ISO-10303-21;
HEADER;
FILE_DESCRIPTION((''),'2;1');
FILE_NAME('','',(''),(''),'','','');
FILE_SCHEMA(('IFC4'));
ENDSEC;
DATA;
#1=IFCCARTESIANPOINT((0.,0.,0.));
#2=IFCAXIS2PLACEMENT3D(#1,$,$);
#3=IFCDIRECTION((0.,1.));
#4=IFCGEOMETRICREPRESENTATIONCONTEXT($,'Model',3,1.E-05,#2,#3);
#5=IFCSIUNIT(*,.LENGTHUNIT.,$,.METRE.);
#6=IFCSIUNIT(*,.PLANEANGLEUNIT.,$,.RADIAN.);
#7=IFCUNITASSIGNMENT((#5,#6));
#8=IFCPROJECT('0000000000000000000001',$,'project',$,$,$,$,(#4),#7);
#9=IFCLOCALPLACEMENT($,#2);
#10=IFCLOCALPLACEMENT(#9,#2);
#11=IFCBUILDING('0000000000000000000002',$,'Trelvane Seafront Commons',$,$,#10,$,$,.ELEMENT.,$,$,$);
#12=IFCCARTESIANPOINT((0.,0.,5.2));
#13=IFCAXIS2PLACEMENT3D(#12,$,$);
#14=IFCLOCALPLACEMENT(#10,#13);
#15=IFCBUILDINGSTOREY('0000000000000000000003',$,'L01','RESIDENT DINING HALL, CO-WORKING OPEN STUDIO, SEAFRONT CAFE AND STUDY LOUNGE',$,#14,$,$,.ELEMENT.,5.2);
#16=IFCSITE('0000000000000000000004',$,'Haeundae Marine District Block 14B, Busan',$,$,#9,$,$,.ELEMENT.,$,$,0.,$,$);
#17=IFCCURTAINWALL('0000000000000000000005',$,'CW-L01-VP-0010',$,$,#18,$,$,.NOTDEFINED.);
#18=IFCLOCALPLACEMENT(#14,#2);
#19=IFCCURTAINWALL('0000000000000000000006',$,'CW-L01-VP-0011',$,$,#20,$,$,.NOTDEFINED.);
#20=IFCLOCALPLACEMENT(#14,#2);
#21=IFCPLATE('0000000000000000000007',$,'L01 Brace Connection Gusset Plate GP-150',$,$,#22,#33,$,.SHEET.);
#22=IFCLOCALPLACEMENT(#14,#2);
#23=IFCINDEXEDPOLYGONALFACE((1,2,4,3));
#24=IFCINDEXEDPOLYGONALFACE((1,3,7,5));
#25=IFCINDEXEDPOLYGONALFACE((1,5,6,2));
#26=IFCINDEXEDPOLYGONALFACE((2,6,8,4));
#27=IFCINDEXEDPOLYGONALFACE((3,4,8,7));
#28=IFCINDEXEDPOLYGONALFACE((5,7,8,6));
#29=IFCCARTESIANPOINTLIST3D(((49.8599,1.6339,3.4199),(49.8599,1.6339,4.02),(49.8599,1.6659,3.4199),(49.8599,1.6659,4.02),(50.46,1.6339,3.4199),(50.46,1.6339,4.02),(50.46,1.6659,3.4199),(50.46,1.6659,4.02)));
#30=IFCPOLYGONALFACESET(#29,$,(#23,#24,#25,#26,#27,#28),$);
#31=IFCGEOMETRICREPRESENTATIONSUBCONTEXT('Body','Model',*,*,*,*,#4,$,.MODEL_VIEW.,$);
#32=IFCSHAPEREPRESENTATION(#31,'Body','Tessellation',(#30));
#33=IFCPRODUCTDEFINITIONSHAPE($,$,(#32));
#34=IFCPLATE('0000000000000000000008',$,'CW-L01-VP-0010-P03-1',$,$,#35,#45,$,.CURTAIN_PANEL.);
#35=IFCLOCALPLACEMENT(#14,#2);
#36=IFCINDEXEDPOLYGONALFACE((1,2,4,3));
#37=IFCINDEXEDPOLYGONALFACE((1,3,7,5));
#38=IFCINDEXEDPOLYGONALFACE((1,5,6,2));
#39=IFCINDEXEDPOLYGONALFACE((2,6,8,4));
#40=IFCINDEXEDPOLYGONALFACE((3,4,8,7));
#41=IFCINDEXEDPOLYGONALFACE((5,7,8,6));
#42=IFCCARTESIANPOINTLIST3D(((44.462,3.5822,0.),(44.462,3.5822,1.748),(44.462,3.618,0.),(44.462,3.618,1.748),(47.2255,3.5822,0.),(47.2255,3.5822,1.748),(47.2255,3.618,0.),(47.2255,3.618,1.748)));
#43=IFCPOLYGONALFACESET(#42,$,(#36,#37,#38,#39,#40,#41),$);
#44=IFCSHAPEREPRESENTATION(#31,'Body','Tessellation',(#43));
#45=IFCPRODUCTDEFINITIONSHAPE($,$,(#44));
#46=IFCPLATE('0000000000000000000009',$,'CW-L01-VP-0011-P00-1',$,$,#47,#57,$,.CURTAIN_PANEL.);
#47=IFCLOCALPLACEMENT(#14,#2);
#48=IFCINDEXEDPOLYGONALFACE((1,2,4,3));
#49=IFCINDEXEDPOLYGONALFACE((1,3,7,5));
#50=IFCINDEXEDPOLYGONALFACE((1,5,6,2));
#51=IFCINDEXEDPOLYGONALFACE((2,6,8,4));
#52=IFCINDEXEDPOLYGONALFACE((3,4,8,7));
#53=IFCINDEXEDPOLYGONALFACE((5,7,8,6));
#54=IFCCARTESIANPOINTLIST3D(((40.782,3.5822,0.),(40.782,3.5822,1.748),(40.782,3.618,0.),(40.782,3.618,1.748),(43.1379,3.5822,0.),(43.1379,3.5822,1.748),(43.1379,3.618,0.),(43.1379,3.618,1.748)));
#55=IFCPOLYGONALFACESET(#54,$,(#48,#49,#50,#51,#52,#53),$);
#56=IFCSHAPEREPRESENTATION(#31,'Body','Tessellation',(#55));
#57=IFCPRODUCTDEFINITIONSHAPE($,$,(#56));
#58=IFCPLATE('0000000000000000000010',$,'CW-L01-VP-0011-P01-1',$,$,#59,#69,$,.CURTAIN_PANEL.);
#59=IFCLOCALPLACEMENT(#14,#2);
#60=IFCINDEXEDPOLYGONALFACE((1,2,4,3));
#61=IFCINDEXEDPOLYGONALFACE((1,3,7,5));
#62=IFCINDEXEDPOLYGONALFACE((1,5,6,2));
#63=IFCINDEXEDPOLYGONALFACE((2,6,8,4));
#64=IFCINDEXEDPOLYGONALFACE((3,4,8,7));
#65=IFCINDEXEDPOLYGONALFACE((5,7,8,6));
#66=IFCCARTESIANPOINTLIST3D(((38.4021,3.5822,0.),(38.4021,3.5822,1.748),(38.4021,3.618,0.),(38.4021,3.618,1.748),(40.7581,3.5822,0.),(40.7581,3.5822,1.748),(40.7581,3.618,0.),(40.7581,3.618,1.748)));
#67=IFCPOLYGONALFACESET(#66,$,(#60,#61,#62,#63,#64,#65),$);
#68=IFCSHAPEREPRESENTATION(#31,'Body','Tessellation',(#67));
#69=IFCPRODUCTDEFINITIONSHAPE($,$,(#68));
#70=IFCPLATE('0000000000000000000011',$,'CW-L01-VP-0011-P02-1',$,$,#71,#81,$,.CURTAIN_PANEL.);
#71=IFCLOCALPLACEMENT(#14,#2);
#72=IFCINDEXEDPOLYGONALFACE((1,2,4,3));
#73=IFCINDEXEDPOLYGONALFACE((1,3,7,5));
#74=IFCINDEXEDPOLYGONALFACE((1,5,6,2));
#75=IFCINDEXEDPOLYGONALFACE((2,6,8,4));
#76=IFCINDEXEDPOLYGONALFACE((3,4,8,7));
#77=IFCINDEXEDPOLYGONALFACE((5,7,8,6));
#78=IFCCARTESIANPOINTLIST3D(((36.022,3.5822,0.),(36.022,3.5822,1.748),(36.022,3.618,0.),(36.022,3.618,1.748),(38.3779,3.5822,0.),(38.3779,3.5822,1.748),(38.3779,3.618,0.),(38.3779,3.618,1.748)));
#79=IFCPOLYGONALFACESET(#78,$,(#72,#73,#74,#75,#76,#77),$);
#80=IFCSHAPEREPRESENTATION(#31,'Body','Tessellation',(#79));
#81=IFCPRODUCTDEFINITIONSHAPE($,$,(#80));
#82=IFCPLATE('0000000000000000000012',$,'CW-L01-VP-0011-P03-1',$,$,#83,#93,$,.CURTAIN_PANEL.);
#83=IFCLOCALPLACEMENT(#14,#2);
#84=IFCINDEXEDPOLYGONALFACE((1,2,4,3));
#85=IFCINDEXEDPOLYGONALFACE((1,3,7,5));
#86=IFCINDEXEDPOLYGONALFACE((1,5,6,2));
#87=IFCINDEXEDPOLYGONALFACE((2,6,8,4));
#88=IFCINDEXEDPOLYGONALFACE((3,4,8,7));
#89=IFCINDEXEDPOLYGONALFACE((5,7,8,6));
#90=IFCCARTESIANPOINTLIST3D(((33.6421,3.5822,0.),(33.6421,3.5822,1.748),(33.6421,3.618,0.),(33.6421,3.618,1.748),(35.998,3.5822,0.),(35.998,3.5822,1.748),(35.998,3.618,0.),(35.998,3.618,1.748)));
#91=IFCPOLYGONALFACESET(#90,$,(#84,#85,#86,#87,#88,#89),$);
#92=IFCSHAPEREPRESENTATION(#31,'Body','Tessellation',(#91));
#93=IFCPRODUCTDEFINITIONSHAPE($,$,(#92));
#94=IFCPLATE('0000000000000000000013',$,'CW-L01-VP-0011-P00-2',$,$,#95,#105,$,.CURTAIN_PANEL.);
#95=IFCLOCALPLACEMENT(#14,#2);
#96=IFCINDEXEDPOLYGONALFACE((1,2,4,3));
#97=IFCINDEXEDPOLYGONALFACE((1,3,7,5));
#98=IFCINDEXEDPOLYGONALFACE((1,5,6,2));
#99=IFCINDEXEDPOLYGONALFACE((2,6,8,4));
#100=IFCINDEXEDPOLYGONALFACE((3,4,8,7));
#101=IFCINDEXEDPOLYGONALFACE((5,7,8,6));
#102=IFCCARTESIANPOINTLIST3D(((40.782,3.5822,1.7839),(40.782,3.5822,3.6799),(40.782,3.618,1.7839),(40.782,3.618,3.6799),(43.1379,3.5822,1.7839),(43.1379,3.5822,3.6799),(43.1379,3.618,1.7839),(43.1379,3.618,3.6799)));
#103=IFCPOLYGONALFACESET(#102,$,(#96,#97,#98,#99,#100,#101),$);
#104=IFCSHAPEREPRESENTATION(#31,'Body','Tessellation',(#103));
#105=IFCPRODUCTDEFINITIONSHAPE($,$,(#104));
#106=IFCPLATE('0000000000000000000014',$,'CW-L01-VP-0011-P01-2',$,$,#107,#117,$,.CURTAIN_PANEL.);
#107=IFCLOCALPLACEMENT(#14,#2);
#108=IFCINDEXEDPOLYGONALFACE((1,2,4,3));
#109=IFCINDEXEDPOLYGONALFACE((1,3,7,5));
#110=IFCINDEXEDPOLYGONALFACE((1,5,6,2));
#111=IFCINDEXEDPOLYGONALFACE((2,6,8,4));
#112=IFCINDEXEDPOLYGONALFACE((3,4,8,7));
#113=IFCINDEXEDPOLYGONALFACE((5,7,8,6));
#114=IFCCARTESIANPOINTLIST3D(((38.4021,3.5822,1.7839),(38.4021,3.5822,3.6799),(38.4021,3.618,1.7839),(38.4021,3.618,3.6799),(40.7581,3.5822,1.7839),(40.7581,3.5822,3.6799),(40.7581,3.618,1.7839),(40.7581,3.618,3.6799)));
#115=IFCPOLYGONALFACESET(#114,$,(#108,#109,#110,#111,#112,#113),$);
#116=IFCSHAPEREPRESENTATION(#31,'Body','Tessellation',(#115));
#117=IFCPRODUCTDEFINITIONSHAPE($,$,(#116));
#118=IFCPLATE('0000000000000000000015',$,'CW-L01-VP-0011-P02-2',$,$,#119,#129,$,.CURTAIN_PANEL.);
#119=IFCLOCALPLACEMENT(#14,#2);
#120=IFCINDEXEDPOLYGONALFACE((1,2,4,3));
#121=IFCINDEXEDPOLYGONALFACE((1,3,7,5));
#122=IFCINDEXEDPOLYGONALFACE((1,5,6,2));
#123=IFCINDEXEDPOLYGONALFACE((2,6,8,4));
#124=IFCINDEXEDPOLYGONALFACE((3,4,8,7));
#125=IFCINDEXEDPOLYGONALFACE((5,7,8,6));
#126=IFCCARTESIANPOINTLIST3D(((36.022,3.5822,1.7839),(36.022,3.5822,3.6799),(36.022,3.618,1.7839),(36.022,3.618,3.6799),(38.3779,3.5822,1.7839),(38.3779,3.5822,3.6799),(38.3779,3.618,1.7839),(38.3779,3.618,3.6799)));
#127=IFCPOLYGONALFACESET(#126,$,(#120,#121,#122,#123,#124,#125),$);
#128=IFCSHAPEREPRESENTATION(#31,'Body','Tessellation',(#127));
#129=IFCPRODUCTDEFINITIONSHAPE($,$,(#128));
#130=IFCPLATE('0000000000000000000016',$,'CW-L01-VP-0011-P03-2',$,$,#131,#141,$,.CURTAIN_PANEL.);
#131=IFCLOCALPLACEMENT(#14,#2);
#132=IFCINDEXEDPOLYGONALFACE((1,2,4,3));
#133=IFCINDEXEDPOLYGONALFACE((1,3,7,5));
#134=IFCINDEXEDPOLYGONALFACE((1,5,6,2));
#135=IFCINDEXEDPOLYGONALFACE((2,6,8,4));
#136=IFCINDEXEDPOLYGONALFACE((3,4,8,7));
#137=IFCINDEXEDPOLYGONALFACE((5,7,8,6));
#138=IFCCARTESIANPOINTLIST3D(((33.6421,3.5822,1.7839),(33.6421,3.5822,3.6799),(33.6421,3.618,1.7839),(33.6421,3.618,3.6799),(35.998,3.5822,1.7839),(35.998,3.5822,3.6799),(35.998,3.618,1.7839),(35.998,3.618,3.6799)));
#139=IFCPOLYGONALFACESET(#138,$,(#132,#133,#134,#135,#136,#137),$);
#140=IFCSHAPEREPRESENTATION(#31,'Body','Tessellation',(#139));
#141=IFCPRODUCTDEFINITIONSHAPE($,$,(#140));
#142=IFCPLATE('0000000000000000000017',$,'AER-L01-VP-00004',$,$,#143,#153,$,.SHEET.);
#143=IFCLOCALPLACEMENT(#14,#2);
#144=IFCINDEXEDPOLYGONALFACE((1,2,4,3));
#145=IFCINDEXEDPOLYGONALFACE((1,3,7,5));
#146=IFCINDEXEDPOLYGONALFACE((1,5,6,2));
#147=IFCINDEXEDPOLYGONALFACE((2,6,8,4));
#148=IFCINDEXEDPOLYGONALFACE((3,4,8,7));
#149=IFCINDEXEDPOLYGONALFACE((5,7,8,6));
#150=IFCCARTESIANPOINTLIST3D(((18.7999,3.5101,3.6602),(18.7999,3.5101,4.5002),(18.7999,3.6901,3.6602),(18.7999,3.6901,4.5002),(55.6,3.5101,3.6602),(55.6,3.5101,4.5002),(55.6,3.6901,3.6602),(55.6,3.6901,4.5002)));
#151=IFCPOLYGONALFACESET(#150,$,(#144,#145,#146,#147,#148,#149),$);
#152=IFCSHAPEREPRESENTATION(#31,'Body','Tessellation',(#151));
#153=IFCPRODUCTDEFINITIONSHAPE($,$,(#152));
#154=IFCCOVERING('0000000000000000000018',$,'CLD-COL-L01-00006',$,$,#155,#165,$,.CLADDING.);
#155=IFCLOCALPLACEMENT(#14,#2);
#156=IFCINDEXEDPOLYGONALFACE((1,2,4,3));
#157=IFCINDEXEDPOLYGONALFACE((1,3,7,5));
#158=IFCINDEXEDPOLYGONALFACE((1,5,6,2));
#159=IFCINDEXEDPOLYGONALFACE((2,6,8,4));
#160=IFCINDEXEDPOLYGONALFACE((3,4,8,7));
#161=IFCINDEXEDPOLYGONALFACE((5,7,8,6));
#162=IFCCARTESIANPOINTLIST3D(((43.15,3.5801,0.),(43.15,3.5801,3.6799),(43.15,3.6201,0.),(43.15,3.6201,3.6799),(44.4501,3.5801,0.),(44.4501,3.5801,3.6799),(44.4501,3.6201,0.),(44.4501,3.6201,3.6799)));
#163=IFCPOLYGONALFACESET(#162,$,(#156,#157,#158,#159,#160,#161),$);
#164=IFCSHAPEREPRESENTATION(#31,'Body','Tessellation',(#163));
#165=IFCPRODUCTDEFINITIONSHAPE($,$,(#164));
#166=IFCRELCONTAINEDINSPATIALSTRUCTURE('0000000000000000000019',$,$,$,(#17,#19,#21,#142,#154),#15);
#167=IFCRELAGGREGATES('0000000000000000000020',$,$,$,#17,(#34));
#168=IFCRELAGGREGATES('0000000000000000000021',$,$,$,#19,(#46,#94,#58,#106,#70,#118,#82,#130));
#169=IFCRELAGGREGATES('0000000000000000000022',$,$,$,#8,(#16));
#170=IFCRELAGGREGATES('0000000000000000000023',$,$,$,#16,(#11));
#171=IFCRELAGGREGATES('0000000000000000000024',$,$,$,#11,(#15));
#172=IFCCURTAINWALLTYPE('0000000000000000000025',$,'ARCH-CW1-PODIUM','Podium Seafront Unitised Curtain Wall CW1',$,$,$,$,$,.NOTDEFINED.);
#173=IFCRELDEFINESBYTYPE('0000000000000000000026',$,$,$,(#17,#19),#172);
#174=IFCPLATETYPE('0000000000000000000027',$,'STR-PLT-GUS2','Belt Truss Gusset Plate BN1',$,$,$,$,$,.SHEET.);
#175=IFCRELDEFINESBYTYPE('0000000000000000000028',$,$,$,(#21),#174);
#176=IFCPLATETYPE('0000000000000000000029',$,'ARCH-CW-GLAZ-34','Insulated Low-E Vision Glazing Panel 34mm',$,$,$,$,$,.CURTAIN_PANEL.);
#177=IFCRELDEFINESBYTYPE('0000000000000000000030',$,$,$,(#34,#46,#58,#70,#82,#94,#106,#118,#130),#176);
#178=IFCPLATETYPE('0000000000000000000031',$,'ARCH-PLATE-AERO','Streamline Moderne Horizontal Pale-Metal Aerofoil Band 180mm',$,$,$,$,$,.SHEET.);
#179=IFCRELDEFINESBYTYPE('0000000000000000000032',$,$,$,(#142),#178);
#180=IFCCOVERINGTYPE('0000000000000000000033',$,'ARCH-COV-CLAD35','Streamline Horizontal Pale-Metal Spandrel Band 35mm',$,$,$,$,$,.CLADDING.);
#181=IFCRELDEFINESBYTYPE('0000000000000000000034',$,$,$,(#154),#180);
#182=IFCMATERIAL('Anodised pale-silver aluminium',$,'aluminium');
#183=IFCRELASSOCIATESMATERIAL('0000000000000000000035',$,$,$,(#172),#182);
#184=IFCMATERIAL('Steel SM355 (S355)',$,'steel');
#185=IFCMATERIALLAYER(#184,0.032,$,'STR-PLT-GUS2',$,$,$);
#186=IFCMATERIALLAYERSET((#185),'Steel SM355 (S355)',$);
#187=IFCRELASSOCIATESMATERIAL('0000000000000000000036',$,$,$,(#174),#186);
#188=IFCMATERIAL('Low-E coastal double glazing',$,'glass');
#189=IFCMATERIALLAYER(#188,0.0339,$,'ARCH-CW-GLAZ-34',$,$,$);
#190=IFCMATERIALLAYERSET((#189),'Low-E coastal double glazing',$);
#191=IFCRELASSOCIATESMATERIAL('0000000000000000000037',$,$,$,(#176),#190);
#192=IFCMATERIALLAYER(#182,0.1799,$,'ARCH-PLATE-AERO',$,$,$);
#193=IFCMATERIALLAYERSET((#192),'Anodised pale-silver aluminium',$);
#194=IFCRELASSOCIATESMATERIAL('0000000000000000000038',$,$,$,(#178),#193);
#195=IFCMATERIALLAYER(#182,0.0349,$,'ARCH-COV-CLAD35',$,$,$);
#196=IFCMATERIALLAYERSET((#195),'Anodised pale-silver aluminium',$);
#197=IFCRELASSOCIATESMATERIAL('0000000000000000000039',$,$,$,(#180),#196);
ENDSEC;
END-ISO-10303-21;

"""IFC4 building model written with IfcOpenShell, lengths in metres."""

from ifc_helpers import new_model, si_unit, direction, frame, origin, origin_2d, place, context, subcontext, project, spatial, rectangle, extrude, source, transform, mapped, material, layer, layer_set, type_object, element, aggregate, save


model = new_model("IFC4")

# Units and contexts
model_context = context("Model", 3, precision=1e-05, world=origin(), true_north=direction((0.0, 1.0)))
body_context = subcontext(model_context, "Body", "Model", "MODEL_VIEW")
ifc_project = project(units=[si_unit("LENGTHUNIT", "METRE"), si_unit("PLANEANGLEUNIT", "RADIAN")], contexts=[model_context])

# Site, building, storey
site_placement = place(None, origin())
site = spatial("IfcSite", under=ifc_project, at=site_placement, Name="Haeundae Marine District Block 14B, Busan", CompositionType="ELEMENT", RefElevation=0.0)
building_placement = place(site_placement, origin())
building = spatial("IfcBuilding", under=site, at=building_placement, Name="Trelvane Seafront Commons", CompositionType="ELEMENT")
storey_placement = place(building_placement, frame((0.0, 0.0, 5.2)))
storey = spatial("IfcBuildingStorey", under=building, at=storey_placement, Name="L01", Description="RESIDENT DINING HALL, CO-WORKING OPEN STUDIO, SEAFRONT CAFE AND STUDY LOUNGE", CompositionType="ELEMENT", Elevation=5.2)

# Curtain wall
ifc_material_1 = material(Name="Anodised pale-silver aluminium", Category="aluminium")
curtain_wall_type = type_object("IfcCurtainWallType", Name="ARCH-CW1-PODIUM", Description="Podium Seafront Unitised Curtain Wall CW1", PredefinedType="NOTDEFINED", material=ifc_material_1)
curtain_wall_1_placement = place(storey_placement, origin())
curtain_wall_1 = element("IfcCurtainWall", 1, at=curtain_wall_1_placement, inside=storey, type_object=curtain_wall_type, Name="CW-L01-VP-0010", PredefinedType="NOTDEFINED")

# Curtain wall
curtain_wall_2_placement = place(storey_placement, origin())
curtain_wall_2 = element("IfcCurtainWall", 2, at=curtain_wall_2_placement, inside=storey, type_object=curtain_wall_type, Name="CW-L01-VP-0011", PredefinedType="NOTDEFINED")

# Plates
ifc_material_2 = material(Name="Steel SM355 (S355)", Category="steel")
ifc_layer_1 = layer(ifc_material_2, 0.032, Name="STR-PLT-GUS2")
ifc_layer_set_1 = layer_set([ifc_layer_1], Name="Steel SM355 (S355)")
plate_type_1 = type_object("IfcPlateType", Name="STR-PLT-GUS2", Description="Belt Truss Gusset Plate BN1", PredefinedType="SHEET", material=ifc_layer_set_1)
shared_shape_1 = source(origin(), body_context, "Body", "SweptSolid", [
    extrude(rectangle(XDim=0.6001, YDim=0.032, at=origin_2d()), origin(), (0.0, 0.0, 1.0), 0.6001),
])
plate_1_placement = place(storey_placement, frame((50.1599, 1.6499, 3.4199), z_axis=(0.0, 0.0, 1.0), x_axis=(1.0, 0.0, 0.0)))
element("IfcPlate", 3, at=plate_1_placement, inside=storey, type_object=plate_type_1, Name="L01 Brace Connection Gusset Plate GP-150", PredefinedType="SHEET", context=body_context, shape_type="MappedRepresentation", body=[
    mapped(shared_shape_1, transform((0.0, 0.0, 0.0), x_axis=(1.0, 0.0, 0.0), y_axis=(0.0, 1.0, 0.0), z_axis=(0.0, 0.0, 1.0), scale=1.0)),
])
ifc_material_3 = material(Name="Low-E coastal double glazing", Category="glass")
ifc_layer_2 = layer(ifc_material_3, 0.0339, Name="ARCH-CW-GLAZ-34")
ifc_layer_set_2 = layer_set([ifc_layer_2], Name="Low-E coastal double glazing")
plate_type_2 = type_object("IfcPlateType", Name="ARCH-CW-GLAZ-34", Description="Insulated Low-E Vision Glazing Panel 34mm", PredefinedType="CURTAIN_PANEL", material=ifc_layer_set_2)
shared_shape_2 = source(origin(), body_context, "Body", "SweptSolid", [
    extrude(rectangle(XDim=2.7634, YDim=0.0359, at=origin_2d()), origin(), (0.0, 0.0, 1.0), 1.748),
])
plate_2_placement = place(storey_placement, frame((45.8438, 3.6001, 0.0), z_axis=(0.0, 0.0, 1.0), x_axis=(-1.0, 0.0, 0.0)))
plate_2 = element("IfcPlate", 4, at=plate_2_placement, type_object=plate_type_2, Name="CW-L01-VP-0010-P03-1", PredefinedType="CURTAIN_PANEL", context=body_context, shape_type="MappedRepresentation", body=[
    mapped(shared_shape_2, transform((0.0, 0.0, 0.0), x_axis=(1.0, 0.0, 0.0), y_axis=(0.0, 1.0, 0.0), z_axis=(0.0, 0.0, 1.0), scale=1.0)),
])
aggregate(curtain_wall_1, [plate_2])
shared_shape_3 = source(origin(), body_context, "Body", "SweptSolid", [
    extrude(rectangle(XDim=2.356, YDim=0.0359, at=origin_2d()), origin(), (0.0, 0.0, 1.0), 1.748),
])
plate_3_placement = place(storey_placement, frame((41.96, 3.6001, 0.0), z_axis=(0.0, 0.0, 1.0), x_axis=(-1.0, 0.0, 0.0)))
plate_3 = element("IfcPlate", 5, at=plate_3_placement, type_object=plate_type_2, Name="CW-L01-VP-0011-P00-1", PredefinedType="CURTAIN_PANEL", context=body_context, shape_type="MappedRepresentation", body=[
    mapped(shared_shape_3, transform((0.0, 0.0, 0.0), x_axis=(1.0, 0.0, 0.0), y_axis=(0.0, 1.0, 0.0), z_axis=(0.0, 0.0, 1.0), scale=1.0)),
])
plate_4_placement = place(storey_placement, frame((39.5801, 3.6001, 0.0), z_axis=(0.0, 0.0, 1.0), x_axis=(-1.0, 0.0, 0.0)))
plate_4 = element("IfcPlate", 6, at=plate_4_placement, type_object=plate_type_2, Name="CW-L01-VP-0011-P01-1", PredefinedType="CURTAIN_PANEL", context=body_context, shape_type="MappedRepresentation", body=[
    mapped(shared_shape_3, transform((0.0, 0.0, 0.0), x_axis=(1.0, 0.0, 0.0), y_axis=(0.0, 1.0, 0.0), z_axis=(0.0, 0.0, 1.0), scale=1.0)),
])
plate_5_placement = place(storey_placement, frame((37.2, 3.6001, 0.0), z_axis=(0.0, 0.0, 1.0), x_axis=(-1.0, 0.0, 0.0)))
plate_5 = element("IfcPlate", 7, at=plate_5_placement, type_object=plate_type_2, Name="CW-L01-VP-0011-P02-1", PredefinedType="CURTAIN_PANEL", context=body_context, shape_type="MappedRepresentation", body=[
    mapped(shared_shape_3, transform((0.0, 0.0, 0.0), x_axis=(1.0, 0.0, 0.0), y_axis=(0.0, 1.0, 0.0), z_axis=(0.0, 0.0, 1.0), scale=1.0)),
])
plate_6_placement = place(storey_placement, frame((34.8201, 3.6001, 0.0), z_axis=(0.0, 0.0, 1.0), x_axis=(-1.0, 0.0, 0.0)))
plate_6 = element("IfcPlate", 8, at=plate_6_placement, type_object=plate_type_2, Name="CW-L01-VP-0011-P03-1", PredefinedType="CURTAIN_PANEL", context=body_context, shape_type="MappedRepresentation", body=[
    mapped(shared_shape_3, transform((0.0, 0.0, 0.0), x_axis=(1.0, 0.0, 0.0), y_axis=(0.0, 1.0, 0.0), z_axis=(0.0, 0.0, 1.0), scale=1.0)),
])
shared_shape_4 = source(origin(), body_context, "Body", "SweptSolid", [
    extrude(rectangle(XDim=2.356, YDim=0.0359, at=origin_2d()), origin(), (0.0, 0.0, 1.0), 1.896),
])
plate_7_placement = place(storey_placement, frame((41.96, 3.6001, 1.7839), z_axis=(0.0, 0.0, 1.0), x_axis=(-1.0, 0.0, 0.0)))
plate_7 = element("IfcPlate", 9, at=plate_7_placement, type_object=plate_type_2, Name="CW-L01-VP-0011-P00-2", PredefinedType="CURTAIN_PANEL", context=body_context, shape_type="MappedRepresentation", body=[
    mapped(shared_shape_4, transform((0.0, 0.0, 0.0), x_axis=(1.0, 0.0, 0.0), y_axis=(0.0, 1.0, 0.0), z_axis=(0.0, 0.0, 1.0), scale=1.0)),
])
plate_8_placement = place(storey_placement, frame((39.5801, 3.6001, 1.7839), z_axis=(0.0, 0.0, 1.0), x_axis=(-1.0, 0.0, 0.0)))
plate_8 = element("IfcPlate", 10, at=plate_8_placement, type_object=plate_type_2, Name="CW-L01-VP-0011-P01-2", PredefinedType="CURTAIN_PANEL", context=body_context, shape_type="MappedRepresentation", body=[
    mapped(shared_shape_4, transform((0.0, 0.0, 0.0), x_axis=(1.0, 0.0, 0.0), y_axis=(0.0, 1.0, 0.0), z_axis=(0.0, 0.0, 1.0), scale=1.0)),
])
plate_9_placement = place(storey_placement, frame((37.2, 3.6001, 1.7839), z_axis=(0.0, 0.0, 1.0), x_axis=(-1.0, 0.0, 0.0)))
plate_9 = element("IfcPlate", 11, at=plate_9_placement, type_object=plate_type_2, Name="CW-L01-VP-0011-P02-2", PredefinedType="CURTAIN_PANEL", context=body_context, shape_type="MappedRepresentation", body=[
    mapped(shared_shape_4, transform((0.0, 0.0, 0.0), x_axis=(1.0, 0.0, 0.0), y_axis=(0.0, 1.0, 0.0), z_axis=(0.0, 0.0, 1.0), scale=1.0)),
])
plate_10_placement = place(storey_placement, frame((34.8201, 3.6001, 1.7839), z_axis=(0.0, 0.0, 1.0), x_axis=(-1.0, 0.0, 0.0)))
plate_10 = element("IfcPlate", 12, at=plate_10_placement, type_object=plate_type_2, Name="CW-L01-VP-0011-P03-2", PredefinedType="CURTAIN_PANEL", context=body_context, shape_type="MappedRepresentation", body=[
    mapped(shared_shape_4, transform((0.0, 0.0, 0.0), x_axis=(1.0, 0.0, 0.0), y_axis=(0.0, 1.0, 0.0), z_axis=(0.0, 0.0, 1.0), scale=1.0)),
])
aggregate(curtain_wall_2, [plate_3, plate_7, plate_4, plate_8, plate_5, plate_9, plate_6, plate_10])
ifc_layer_3 = layer(ifc_material_1, 0.1799, Name="ARCH-PLATE-AERO")
ifc_layer_set_3 = layer_set([ifc_layer_3], Name="Anodised pale-silver aluminium")
plate_type_3 = type_object("IfcPlateType", Name="ARCH-PLATE-AERO", Description="Streamline Moderne Horizontal Pale-Metal Aerofoil Band 180mm", PredefinedType="SHEET", material=ifc_layer_set_3)
shared_shape_5 = source(origin(), body_context, "Body", "SweptSolid", [
    extrude(rectangle(XDim=36.8, YDim=0.1799, at=origin_2d()), origin(), (0.0, 0.0, 1.0), 0.8401),
])
plate_11_placement = place(storey_placement, frame((37.2, 3.6001, 3.6602), z_axis=(0.0, 0.0, 1.0), x_axis=(-1.0, 0.0, 0.0)))
element("IfcPlate", 13, at=plate_11_placement, inside=storey, type_object=plate_type_3, Name="AER-L01-VP-00004", PredefinedType="SHEET", context=body_context, shape_type="MappedRepresentation", body=[
    mapped(shared_shape_5, transform((0.0, 0.0, 0.0), x_axis=(1.0, 0.0, 0.0), y_axis=(0.0, 1.0, 0.0), z_axis=(0.0, 0.0, 1.0), scale=1.0)),
])

# Covering
ifc_layer_4 = layer(ifc_material_1, 0.0349, Name="ARCH-COV-CLAD35")
ifc_layer_set_4 = layer_set([ifc_layer_4], Name="Anodised pale-silver aluminium")
covering_type = type_object("IfcCoveringType", Name="ARCH-COV-CLAD35", Description="Streamline Horizontal Pale-Metal Spandrel Band 35mm", PredefinedType="CLADDING", material=ifc_layer_set_4)
shared_shape_6 = source(origin(), body_context, "Body", "SweptSolid", [
    extrude(rectangle(XDim=1.3, YDim=0.04, at=origin_2d()), origin(), (0.0, 0.0, 1.0), 3.6799),
])
covering_placement = place(storey_placement, frame((43.8, 3.6001, 0.0), z_axis=(0.0, 0.0, 1.0), x_axis=(-1.0, 0.0, 0.0)))
element("IfcCovering", 14, at=covering_placement, inside=storey, type_object=covering_type, Name="CLD-COL-L01-00006", PredefinedType="CLADDING", context=body_context, shape_type="MappedRepresentation", body=[
    mapped(shared_shape_6, transform((0.0, 0.0, 0.0), x_axis=(1.0, 0.0, 0.0), y_axis=(0.0, 1.0, 0.0), z_axis=(0.0, 0.0, 1.0), scale=1.0)),
])

save(model, "model.ifc")
